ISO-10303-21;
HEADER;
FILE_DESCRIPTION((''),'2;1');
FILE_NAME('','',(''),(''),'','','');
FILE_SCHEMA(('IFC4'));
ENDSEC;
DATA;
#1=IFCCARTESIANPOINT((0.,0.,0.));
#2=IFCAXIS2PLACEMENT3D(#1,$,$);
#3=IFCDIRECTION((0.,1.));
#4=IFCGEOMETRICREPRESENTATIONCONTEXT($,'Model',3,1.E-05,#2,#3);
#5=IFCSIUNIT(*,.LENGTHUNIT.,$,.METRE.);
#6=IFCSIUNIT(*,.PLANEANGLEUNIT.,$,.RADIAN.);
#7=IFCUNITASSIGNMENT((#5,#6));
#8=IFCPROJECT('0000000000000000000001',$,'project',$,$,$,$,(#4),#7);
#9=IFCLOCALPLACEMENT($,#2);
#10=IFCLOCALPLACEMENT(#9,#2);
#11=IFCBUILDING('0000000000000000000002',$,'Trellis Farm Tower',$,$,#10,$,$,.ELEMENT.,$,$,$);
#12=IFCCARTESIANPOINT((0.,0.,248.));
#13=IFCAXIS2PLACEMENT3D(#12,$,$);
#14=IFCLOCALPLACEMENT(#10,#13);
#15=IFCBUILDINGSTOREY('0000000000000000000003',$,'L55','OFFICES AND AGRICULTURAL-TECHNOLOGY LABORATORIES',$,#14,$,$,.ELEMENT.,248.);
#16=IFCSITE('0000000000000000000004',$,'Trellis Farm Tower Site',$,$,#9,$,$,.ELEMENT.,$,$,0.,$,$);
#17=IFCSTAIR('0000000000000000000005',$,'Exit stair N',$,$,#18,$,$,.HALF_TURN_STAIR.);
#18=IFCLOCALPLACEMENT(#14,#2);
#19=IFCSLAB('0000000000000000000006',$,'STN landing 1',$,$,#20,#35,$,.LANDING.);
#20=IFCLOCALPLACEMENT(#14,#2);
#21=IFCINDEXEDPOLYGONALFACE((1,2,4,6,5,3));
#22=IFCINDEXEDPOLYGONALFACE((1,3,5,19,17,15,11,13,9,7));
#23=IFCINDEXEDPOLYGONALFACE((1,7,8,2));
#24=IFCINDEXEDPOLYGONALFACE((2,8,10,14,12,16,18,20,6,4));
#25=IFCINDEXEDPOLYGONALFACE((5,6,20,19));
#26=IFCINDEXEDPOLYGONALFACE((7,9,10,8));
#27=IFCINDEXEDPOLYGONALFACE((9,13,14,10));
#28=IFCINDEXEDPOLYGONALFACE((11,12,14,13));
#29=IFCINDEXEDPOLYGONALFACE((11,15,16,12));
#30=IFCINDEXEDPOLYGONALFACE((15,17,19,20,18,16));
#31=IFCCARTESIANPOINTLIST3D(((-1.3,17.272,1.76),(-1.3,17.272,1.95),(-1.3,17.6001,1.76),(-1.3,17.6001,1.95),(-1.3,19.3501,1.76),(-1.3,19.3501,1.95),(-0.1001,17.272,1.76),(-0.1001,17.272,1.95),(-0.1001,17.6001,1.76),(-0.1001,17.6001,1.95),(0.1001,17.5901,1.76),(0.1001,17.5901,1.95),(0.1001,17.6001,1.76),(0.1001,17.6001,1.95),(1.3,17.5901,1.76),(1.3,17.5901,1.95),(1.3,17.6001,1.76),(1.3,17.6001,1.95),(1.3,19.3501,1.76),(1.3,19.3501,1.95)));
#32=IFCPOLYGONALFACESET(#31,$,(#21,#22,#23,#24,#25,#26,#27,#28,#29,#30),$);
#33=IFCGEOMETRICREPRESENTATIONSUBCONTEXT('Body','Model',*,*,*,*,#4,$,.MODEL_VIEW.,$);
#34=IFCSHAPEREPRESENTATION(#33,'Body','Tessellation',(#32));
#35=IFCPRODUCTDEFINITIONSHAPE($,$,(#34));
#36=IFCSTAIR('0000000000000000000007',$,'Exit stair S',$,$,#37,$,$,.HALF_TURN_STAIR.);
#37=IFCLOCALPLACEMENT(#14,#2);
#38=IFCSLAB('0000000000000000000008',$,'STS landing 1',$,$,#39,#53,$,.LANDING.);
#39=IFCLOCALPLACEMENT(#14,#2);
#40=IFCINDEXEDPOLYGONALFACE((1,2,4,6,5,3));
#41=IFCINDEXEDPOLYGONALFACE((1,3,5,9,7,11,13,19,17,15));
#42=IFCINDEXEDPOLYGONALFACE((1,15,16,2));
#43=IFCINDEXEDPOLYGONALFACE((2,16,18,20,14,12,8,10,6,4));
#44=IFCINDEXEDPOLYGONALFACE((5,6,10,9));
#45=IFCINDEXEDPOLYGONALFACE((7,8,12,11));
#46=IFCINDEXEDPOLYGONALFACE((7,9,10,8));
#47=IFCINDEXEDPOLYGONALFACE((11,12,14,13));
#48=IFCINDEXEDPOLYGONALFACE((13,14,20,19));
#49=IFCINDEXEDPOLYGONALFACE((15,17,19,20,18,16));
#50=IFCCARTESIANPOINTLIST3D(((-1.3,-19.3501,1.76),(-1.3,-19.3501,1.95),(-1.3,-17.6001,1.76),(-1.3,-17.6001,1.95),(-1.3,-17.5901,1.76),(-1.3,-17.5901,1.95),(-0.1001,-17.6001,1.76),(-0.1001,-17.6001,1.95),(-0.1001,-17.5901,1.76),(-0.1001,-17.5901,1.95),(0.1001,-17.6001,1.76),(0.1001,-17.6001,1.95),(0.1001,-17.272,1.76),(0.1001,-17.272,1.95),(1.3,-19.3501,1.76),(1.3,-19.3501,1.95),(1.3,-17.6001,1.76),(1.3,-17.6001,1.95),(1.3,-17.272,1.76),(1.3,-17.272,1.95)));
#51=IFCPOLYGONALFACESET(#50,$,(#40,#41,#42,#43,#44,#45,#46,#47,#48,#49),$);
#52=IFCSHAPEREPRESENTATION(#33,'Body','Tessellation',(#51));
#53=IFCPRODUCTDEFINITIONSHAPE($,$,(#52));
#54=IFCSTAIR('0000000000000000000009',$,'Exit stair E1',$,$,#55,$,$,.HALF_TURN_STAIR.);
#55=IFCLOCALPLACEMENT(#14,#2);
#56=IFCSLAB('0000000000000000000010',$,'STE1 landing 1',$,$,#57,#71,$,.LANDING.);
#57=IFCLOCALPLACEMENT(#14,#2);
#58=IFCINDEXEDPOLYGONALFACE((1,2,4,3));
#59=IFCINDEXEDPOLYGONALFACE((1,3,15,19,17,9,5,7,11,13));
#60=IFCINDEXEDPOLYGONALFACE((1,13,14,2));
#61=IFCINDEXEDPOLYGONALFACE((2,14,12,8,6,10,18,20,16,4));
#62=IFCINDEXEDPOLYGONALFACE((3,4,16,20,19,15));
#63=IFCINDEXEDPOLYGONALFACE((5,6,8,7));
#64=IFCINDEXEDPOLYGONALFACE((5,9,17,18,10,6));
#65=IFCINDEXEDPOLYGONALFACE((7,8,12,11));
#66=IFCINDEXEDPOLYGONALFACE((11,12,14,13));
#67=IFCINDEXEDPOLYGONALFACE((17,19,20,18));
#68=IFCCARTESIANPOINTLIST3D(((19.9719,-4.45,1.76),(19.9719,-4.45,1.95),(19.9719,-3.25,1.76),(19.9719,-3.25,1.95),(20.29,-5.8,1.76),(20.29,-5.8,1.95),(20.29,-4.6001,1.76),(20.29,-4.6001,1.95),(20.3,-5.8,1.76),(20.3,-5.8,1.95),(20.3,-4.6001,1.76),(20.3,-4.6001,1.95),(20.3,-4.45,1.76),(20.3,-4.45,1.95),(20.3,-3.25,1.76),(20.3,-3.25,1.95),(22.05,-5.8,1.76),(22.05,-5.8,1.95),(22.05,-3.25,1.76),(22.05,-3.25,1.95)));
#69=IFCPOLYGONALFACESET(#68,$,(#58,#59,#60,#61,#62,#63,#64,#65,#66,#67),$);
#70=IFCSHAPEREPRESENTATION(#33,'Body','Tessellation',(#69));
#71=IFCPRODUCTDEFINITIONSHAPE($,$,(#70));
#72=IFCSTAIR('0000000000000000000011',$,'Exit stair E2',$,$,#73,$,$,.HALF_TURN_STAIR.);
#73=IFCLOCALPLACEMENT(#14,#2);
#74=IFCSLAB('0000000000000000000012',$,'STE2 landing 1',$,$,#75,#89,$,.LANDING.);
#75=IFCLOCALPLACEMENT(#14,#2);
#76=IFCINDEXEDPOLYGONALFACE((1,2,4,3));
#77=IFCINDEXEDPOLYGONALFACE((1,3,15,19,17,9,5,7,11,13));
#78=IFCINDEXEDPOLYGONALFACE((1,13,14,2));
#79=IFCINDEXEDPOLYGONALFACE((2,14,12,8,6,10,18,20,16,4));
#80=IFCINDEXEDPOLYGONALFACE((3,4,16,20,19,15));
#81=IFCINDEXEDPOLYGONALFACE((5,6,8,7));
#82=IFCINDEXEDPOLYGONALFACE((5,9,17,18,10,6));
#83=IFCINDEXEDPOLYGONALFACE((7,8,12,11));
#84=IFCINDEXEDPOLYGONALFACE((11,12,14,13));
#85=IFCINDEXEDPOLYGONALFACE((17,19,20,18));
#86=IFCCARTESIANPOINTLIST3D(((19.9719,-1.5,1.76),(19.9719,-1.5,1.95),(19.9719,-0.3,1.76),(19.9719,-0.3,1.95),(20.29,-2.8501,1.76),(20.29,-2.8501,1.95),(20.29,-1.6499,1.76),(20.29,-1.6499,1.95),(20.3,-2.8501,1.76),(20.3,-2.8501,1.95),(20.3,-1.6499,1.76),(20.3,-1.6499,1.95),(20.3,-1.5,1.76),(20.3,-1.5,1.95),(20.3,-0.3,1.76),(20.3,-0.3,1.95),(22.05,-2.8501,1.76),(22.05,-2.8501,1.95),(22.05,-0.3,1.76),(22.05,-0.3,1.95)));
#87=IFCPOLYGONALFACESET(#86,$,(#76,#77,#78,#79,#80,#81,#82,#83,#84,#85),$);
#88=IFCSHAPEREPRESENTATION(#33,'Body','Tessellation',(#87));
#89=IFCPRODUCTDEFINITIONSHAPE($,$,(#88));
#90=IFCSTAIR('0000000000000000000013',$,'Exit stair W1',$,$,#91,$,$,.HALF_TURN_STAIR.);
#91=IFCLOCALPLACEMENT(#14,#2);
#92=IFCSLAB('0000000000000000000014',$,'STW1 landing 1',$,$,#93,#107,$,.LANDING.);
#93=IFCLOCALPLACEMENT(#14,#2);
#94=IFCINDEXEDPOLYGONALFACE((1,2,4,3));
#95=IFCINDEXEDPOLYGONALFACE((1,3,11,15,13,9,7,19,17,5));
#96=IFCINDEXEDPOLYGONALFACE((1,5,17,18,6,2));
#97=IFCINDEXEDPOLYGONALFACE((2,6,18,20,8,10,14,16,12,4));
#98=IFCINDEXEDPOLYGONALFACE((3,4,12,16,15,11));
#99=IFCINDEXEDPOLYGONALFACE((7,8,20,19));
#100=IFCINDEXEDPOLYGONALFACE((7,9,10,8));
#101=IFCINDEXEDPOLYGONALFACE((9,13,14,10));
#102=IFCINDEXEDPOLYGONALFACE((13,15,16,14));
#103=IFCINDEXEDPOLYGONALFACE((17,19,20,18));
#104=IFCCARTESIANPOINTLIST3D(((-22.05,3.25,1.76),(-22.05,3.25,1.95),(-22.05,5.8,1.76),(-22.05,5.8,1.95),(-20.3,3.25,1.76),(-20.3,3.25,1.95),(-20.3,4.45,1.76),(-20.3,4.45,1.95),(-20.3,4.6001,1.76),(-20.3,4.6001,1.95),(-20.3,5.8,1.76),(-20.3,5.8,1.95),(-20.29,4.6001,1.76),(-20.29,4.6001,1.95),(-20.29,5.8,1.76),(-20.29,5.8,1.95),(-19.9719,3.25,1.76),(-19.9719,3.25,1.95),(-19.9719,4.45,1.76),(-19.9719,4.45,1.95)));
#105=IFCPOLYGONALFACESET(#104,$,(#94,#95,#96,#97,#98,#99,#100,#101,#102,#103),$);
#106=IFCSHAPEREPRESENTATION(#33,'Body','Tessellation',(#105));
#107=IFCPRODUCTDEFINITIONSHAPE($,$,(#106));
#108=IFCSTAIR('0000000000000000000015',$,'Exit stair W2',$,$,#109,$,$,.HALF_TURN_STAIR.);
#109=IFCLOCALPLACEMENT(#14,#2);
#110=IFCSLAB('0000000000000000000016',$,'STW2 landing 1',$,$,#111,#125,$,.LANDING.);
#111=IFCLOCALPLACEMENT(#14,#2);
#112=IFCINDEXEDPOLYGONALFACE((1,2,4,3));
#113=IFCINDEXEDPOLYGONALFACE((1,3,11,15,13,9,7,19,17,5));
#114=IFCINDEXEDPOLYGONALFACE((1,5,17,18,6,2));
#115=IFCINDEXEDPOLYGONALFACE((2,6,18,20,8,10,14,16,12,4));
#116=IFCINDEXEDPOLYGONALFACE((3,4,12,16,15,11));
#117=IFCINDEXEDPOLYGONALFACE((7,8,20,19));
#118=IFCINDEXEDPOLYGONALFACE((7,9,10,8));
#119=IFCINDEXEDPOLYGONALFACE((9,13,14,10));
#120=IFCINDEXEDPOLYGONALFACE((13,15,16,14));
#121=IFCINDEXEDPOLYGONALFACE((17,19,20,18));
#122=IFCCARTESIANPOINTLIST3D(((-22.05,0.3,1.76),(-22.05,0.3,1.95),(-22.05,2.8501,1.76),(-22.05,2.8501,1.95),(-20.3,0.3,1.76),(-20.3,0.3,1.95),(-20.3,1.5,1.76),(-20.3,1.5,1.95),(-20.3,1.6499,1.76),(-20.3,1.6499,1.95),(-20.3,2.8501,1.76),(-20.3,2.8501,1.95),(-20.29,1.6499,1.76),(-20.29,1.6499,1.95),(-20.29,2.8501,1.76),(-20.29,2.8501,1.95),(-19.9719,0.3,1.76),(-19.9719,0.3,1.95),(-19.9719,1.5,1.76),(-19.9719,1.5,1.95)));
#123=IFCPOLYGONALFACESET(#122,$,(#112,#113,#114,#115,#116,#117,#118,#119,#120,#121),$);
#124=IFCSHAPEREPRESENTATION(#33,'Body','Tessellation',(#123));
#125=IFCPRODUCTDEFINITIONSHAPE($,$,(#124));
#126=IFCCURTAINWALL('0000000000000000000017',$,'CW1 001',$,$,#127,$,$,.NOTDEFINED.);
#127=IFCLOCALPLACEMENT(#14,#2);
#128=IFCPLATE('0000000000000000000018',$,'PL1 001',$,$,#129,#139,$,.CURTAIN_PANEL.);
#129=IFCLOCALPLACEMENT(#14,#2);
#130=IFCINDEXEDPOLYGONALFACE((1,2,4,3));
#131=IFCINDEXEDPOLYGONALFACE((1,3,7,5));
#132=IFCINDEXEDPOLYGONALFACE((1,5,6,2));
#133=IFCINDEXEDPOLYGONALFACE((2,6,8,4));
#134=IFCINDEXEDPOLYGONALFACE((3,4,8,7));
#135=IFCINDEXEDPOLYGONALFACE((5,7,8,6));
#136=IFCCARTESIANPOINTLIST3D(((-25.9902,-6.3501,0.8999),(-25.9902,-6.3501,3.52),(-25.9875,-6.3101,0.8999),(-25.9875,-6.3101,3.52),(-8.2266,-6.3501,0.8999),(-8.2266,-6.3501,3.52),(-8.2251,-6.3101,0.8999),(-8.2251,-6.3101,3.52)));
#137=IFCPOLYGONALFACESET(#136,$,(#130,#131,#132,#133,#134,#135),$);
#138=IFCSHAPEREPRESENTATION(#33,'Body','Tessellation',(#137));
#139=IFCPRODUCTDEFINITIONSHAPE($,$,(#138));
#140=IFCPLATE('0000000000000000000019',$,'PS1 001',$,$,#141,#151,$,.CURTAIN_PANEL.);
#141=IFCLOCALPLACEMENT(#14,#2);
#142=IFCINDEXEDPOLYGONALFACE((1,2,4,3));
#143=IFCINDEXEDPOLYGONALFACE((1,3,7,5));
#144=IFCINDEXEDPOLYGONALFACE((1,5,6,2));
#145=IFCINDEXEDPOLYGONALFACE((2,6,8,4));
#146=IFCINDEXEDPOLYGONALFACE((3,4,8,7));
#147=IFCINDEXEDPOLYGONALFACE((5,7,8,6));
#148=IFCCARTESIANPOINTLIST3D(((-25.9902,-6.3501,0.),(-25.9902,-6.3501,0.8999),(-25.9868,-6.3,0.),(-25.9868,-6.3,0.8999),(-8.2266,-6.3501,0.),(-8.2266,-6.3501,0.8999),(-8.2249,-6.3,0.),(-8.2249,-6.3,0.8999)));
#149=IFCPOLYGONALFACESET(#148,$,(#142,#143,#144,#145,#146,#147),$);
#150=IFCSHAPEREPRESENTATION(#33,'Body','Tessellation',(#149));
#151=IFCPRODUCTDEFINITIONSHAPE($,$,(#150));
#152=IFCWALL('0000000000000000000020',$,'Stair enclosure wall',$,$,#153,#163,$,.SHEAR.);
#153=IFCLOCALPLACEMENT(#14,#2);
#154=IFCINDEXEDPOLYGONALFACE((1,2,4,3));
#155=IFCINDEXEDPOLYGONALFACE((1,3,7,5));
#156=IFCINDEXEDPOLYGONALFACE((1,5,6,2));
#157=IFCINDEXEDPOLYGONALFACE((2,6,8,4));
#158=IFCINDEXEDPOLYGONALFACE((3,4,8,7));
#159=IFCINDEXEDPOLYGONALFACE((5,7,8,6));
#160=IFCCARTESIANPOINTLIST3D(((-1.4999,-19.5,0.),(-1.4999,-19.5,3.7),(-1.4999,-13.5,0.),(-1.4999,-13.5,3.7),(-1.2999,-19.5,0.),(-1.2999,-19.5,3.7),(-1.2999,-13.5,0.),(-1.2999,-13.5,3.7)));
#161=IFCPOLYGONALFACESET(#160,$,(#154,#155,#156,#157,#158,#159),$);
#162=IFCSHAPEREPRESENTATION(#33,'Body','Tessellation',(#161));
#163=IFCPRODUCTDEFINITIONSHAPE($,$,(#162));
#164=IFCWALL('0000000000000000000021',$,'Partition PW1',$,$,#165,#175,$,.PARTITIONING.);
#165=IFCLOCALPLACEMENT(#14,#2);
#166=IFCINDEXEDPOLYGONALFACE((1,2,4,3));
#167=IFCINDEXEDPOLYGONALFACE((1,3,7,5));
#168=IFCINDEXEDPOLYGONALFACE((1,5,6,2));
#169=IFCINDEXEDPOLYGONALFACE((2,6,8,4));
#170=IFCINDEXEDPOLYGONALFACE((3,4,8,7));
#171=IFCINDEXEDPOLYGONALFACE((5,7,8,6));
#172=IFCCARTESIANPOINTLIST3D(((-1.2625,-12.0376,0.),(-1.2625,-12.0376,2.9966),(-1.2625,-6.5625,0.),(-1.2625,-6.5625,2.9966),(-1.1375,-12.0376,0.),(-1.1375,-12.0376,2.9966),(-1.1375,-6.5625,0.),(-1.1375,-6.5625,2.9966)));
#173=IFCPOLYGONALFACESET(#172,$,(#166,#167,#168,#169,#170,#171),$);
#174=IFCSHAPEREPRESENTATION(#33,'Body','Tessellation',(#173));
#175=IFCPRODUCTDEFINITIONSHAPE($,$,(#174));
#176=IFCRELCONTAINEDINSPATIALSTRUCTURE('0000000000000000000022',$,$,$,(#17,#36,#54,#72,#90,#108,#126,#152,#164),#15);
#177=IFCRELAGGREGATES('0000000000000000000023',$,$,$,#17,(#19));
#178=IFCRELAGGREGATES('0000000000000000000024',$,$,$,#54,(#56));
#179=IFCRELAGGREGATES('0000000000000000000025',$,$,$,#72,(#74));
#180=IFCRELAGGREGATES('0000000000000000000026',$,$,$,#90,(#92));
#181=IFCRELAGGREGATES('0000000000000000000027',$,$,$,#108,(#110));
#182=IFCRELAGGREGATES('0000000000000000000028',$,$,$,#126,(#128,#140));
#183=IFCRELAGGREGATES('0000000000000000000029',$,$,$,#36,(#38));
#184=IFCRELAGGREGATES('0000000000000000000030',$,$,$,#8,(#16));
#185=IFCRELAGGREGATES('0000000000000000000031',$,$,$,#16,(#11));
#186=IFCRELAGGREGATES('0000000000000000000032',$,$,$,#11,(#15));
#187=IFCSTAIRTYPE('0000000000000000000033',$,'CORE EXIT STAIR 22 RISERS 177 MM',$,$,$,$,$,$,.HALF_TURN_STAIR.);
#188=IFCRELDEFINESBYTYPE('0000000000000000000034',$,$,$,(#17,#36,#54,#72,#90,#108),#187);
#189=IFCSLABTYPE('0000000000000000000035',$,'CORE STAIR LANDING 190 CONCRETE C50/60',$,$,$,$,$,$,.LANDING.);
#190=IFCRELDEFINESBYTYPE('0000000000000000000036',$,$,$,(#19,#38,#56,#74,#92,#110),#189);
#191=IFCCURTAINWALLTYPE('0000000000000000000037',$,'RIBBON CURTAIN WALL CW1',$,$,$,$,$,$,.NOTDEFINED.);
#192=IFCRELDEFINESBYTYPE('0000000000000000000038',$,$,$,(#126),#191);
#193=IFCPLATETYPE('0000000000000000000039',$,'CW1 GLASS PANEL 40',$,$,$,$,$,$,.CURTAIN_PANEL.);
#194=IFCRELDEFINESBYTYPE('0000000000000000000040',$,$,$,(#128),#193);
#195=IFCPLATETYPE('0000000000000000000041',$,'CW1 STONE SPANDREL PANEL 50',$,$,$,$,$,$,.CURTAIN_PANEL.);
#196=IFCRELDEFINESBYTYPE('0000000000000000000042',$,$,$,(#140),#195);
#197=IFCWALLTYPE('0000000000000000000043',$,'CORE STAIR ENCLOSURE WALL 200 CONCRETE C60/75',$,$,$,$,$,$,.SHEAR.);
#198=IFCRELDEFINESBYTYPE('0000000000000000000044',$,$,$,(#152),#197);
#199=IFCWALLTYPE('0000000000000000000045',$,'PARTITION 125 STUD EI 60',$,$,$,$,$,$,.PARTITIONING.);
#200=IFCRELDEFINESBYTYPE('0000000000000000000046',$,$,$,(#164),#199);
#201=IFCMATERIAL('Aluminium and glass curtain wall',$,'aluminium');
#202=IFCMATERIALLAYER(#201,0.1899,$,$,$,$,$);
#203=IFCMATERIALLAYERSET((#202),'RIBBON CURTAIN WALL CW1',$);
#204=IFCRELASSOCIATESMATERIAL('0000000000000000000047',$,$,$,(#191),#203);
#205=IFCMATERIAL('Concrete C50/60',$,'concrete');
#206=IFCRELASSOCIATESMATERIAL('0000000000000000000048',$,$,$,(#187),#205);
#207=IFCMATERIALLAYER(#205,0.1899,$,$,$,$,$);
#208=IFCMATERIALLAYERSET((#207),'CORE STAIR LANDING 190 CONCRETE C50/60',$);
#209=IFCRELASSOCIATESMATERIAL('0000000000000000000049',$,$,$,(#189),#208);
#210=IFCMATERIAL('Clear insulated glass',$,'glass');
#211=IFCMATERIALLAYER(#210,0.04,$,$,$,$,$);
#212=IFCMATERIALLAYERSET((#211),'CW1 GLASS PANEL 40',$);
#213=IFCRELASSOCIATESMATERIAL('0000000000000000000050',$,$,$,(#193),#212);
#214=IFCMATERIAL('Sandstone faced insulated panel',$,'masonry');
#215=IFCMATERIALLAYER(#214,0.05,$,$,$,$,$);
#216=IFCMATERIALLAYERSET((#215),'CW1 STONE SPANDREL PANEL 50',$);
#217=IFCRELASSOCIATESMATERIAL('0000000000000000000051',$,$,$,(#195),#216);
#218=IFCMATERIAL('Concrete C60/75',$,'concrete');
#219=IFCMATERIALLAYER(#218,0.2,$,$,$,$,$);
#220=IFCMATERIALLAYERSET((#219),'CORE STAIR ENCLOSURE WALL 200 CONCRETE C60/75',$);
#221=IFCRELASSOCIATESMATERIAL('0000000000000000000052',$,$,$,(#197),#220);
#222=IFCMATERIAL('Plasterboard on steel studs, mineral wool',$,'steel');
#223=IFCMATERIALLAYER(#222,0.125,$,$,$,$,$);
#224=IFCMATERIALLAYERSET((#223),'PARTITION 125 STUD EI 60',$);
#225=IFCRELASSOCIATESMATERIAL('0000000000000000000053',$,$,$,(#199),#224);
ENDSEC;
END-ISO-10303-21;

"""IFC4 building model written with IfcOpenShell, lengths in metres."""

from ifc_helpers import new_model, si_unit, direction, frame, frame_2d, origin, place, context, subcontext, project, spatial, polyline, rectangle, outline, extrude, source, transform, mapped, material, layer, layer_set, type_object, element, aggregate, save


model = new_model("IFC4")

# Units and contexts
model_context = context("Model", 3, precision=1e-05, world=origin(), true_north=direction((0.0, 1.0)))
body_context = subcontext(model_context, "Body", "Model", "MODEL_VIEW")
ifc_project = project(units=[si_unit("LENGTHUNIT", "METRE"), si_unit("PLANEANGLEUNIT", "RADIAN")], contexts=[model_context])

# Site, building, storey
site_placement = place(None, origin())
site = spatial("IfcSite", under=ifc_project, at=site_placement, Name="Trellis Farm Tower Site", CompositionType="ELEMENT", RefElevation=0.0)
building_placement = place(site_placement, origin())
building = spatial("IfcBuilding", under=site, at=building_placement, Name="Trellis Farm Tower", CompositionType="ELEMENT")
storey_placement = place(building_placement, frame((0.0, 0.0, 248.0)))
storey = spatial("IfcBuildingStorey", under=building, at=storey_placement, Name="L55", Description="OFFICES AND AGRICULTURAL-TECHNOLOGY LABORATORIES", CompositionType="ELEMENT", Elevation=248.0)

# Shared definitions
ifc_material_1 = material(Name="Concrete C60/75", Category="concrete")

# Shared definitions
ifc_material_2 = material(Name="Aluminium and glass curtain wall", Category="aluminium")
ifc_layer_1 = layer(ifc_material_2, 0.1899)
ifc_layer_set_1 = layer_set([ifc_layer_1], Name="RIBBON CURTAIN WALL CW1")
curtain_wall_type = type_object("IfcCurtainWallType", Name="RIBBON CURTAIN WALL CW1", PredefinedType="NOTDEFINED", material=ifc_layer_set_1)
placement_1 = place(storey_placement, origin())

# Stairs, slabs
ifc_material_3 = material(Name="Concrete C50/60", Category="concrete")
stair_type = type_object("IfcStairType", Name="CORE EXIT STAIR 22 RISERS 177 MM", PredefinedType="HALF_TURN_STAIR", material=ifc_material_3)
stair_1 = element("IfcStair", 1, at=placement_1, inside=storey, type_object=stair_type, Name="Exit stair N", PredefinedType="HALF_TURN_STAIR")
ifc_layer_2 = layer(ifc_material_3, 0.1899)
ifc_layer_set_2 = layer_set([ifc_layer_2], Name="CORE STAIR LANDING 190 CONCRETE C50/60")
slab_type_1 = type_object("IfcSlabType", Name="CORE STAIR LANDING 190 CONCRETE C50/60", PredefinedType="LANDING", material=ifc_layer_set_2)
shared_shape_1 = source(origin(), body_context, "Body", "SweptSolid", [
    extrude(outline(polyline([(-0.1001, 17.272), (-1.3, 17.272), (-1.3, 17.6001), (-1.3, 19.3501), (1.3, 19.3501), (1.3, 17.6001), (1.3, 17.5901), (0.1001, 17.5901), (0.1001, 17.6001), (-0.1001, 17.6001), (-0.1001, 17.272)])), origin(), (0.0, 0.0, 1.0), 0.1899),
])
placement_2 = place(storey_placement, frame((0.0, 0.0, 1.76)))
slab_1 = element("IfcSlab", 2, at=placement_2, type_object=slab_type_1, Name="STN landing 1", PredefinedType="LANDING", context=body_context, shape_type="MappedRepresentation", body=[
    mapped(shared_shape_1, transform((0.0, 0.0, 0.0))),
])
aggregate(stair_1, [slab_1])
stair_2 = element("IfcStair", 3, at=placement_1, inside=storey, type_object=stair_type, Name="Exit stair S", PredefinedType="HALF_TURN_STAIR")
shared_shape_2 = source(origin(), body_context, "Body", "SweptSolid", [
    extrude(outline(polyline([(1.3, -19.3501), (-1.3, -19.3501), (-1.3, -17.6001), (-1.3, -17.5901), (-0.1001, -17.5901), (-0.1001, -17.6001), (0.1001, -17.6001), (0.1001, -17.272), (1.3, -17.272), (1.3, -17.6001), (1.3, -19.3501)])), origin(), (0.0, 0.0, 1.0), 0.1899),
])
slab_2 = element("IfcSlab", 4, at=placement_2, type_object=slab_type_1, Name="STS landing 1", PredefinedType="LANDING", context=body_context, shape_type="MappedRepresentation", body=[
    mapped(shared_shape_2, transform((0.0, 0.0, 0.0))),
])
stair_3 = element("IfcStair", 5, at=placement_1, inside=storey, type_object=stair_type, Name="Exit stair E1", PredefinedType="HALF_TURN_STAIR")
shared_shape_3 = source(origin(), body_context, "Body", "SweptSolid", [
    extrude(outline(polyline([(20.29, -5.8), (20.29, -4.6001), (20.3, -4.6001), (20.3, -4.45), (19.9719, -4.45), (19.9719, -3.25), (20.3, -3.25), (22.05, -3.25), (22.05, -5.8), (20.3, -5.8), (20.29, -5.8)])), origin(), (0.0, 0.0, 1.0), 0.1899),
])
slab_3 = element("IfcSlab", 6, at=placement_2, type_object=slab_type_1, Name="STE1 landing 1", PredefinedType="LANDING", context=body_context, shape_type="MappedRepresentation", body=[
    mapped(shared_shape_3, transform((0.0, 0.0, 0.0))),
])
aggregate(stair_3, [slab_3])
stair_4 = element("IfcStair", 7, at=placement_1, inside=storey, type_object=stair_type, Name="Exit stair E2", PredefinedType="HALF_TURN_STAIR")
shared_shape_4 = source(origin(), body_context, "Body", "SweptSolid", [
    extrude(outline(polyline([(20.29, -2.8501), (20.29, -1.6499), (20.3, -1.6499), (20.3, -1.5), (19.9719, -1.5), (19.9719, -0.3), (20.3, -0.3), (22.05, -0.3), (22.05, -2.8501), (20.3, -2.8501), (20.29, -2.8501)])), origin(), (0.0, 0.0, 1.0), 0.1899),
])
slab_4 = element("IfcSlab", 8, at=placement_2, type_object=slab_type_1, Name="STE2 landing 1", PredefinedType="LANDING", context=body_context, shape_type="MappedRepresentation", body=[
    mapped(shared_shape_4, transform((0.0, 0.0, 0.0))),
])
aggregate(stair_4, [slab_4])
stair_5 = element("IfcStair", 9, at=placement_1, inside=storey, type_object=stair_type, Name="Exit stair W1", PredefinedType="HALF_TURN_STAIR")
shared_shape_5 = source(origin(), body_context, "Body", "SweptSolid", [
    extrude(outline(polyline([(-19.9719, 4.45), (-19.9719, 3.25), (-20.3, 3.25), (-22.05, 3.25), (-22.05, 5.8), (-20.3, 5.8), (-20.29, 5.8), (-20.29, 4.6001), (-20.3, 4.6001), (-20.3, 4.45), (-19.9719, 4.45)])), origin(), (0.0, 0.0, 1.0), 0.1899),
])
slab_5 = element("IfcSlab", 10, at=placement_2, type_object=slab_type_1, Name="STW1 landing 1", PredefinedType="LANDING", context=body_context, shape_type="MappedRepresentation", body=[
    mapped(shared_shape_5, transform((0.0, 0.0, 0.0))),
])
aggregate(stair_5, [slab_5])
stair_6 = element("IfcStair", 11, at=placement_1, inside=storey, type_object=stair_type, Name="Exit stair W2", PredefinedType="HALF_TURN_STAIR")
shared_shape_6 = source(origin(), body_context, "Body", "SweptSolid", [
    extrude(outline(polyline([(-19.9719, 1.5), (-19.9719, 0.3), (-20.3, 0.3), (-22.05, 0.3), (-22.05, 2.8501), (-20.3, 2.8501), (-20.29, 2.8501), (-20.29, 1.6499), (-20.3, 1.6499), (-20.3, 1.5), (-19.9719, 1.5)])), origin(), (0.0, 0.0, 1.0), 0.1899),
])
slab_6 = element("IfcSlab", 12, at=placement_2, type_object=slab_type_1, Name="STW2 landing 1", PredefinedType="LANDING", context=body_context, shape_type="MappedRepresentation", body=[
    mapped(shared_shape_6, transform((0.0, 0.0, 0.0))),
])
aggregate(stair_6, [slab_6])

# Curtain wall, plates
curtain_wall_1 = element("IfcCurtainWall", 13, at=placement_1, inside=storey, type_object=curtain_wall_type, Name="CW1 001", PredefinedType="NOTDEFINED")
ifc_material_4 = material(Name="Clear insulated glass", Category="glass")
ifc_layer_3 = layer(ifc_material_4, 0.04)
ifc_layer_set_3 = layer_set([ifc_layer_3], Name="CW1 GLASS PANEL 40")
plate_type_1 = type_object("IfcPlateType", Name="CW1 GLASS PANEL 40", PredefinedType="CURTAIN_PANEL", material=ifc_layer_set_3)
shared_shape_7 = source(origin(), body_context, "Body", "SweptSolid", [
    extrude(outline(polyline([(-25.9902, -6.3501), (-8.2266, -6.3501), (-8.2251, -6.3101), (-25.9875, -6.3101), (-25.9902, -6.3501)])), origin(), (0.0, 0.0, 1.0), 2.6201),
])
plate_1_placement = place(storey_placement, frame((0.0, 0.0, 0.8999)))
plate_1 = element("IfcPlate", 14, at=plate_1_placement, type_object=plate_type_1, Name="PL1 001", PredefinedType="CURTAIN_PANEL", context=body_context, shape_type="MappedRepresentation", body=[
    mapped(shared_shape_7, transform((0.0, 0.0, 0.0))),
])
ifc_material_5 = material(Name="Sandstone faced insulated panel", Category="masonry")
ifc_layer_4 = layer(ifc_material_5, 0.05)
ifc_layer_set_4 = layer_set([ifc_layer_4], Name="CW1 STONE SPANDREL PANEL 50")
plate_type_2 = type_object("IfcPlateType", Name="CW1 STONE SPANDREL PANEL 50", PredefinedType="CURTAIN_PANEL", material=ifc_layer_set_4)
shared_shape_8 = source(origin(), body_context, "Body", "SweptSolid", [
    extrude(outline(polyline([(-25.9902, -6.3501), (-8.2266, -6.3501), (-8.2249, -6.3), (-25.9868, -6.3), (-25.9902, -6.3501)])), origin(), (0.0, 0.0, 1.0), 0.8999),
])
plate_2 = element("IfcPlate", 15, at=placement_1, type_object=plate_type_2, Name="PS1 001", PredefinedType="CURTAIN_PANEL", context=body_context, shape_type="MappedRepresentation", body=[
    mapped(shared_shape_8, transform((0.0, 0.0, 0.0))),
])
aggregate(curtain_wall_1, [plate_1, plate_2])

# Walls
ifc_layer_5 = layer(ifc_material_1, 0.2)
ifc_layer_set_5 = layer_set([ifc_layer_5], Name="CORE STAIR ENCLOSURE WALL 200 CONCRETE C60/75")
wall_type_1 = type_object("IfcWallType", Name="CORE STAIR ENCLOSURE WALL 200 CONCRETE C60/75", PredefinedType="SHEAR", material=ifc_layer_set_5)
shared_shape_9 = source(origin(), body_context, "Body", "SweptSolid", [
    extrude(rectangle(XDim=6.0, YDim=0.2, at=frame_2d((3.0, 0.0))), origin(), (0.0, 0.0, 1.0), 3.7),
])
wall_1_placement = place(storey_placement, frame((-1.3999, -13.5, 0.0), z_axis=(0.0, 0.0, 1.0), x_axis=(0.0, -1.0, 0.0)))
element("IfcWall", 16, at=wall_1_placement, inside=storey, type_object=wall_type_1, Name="Stair enclosure wall", PredefinedType="SHEAR", context=body_context, shape_type="MappedRepresentation", body=[
    mapped(shared_shape_9, transform((0.0, 0.0, 0.0))),
])
ifc_material_6 = material(Name="Plasterboard on steel studs, mineral wool", Category="steel")
ifc_layer_6 = layer(ifc_material_6, 0.125)
ifc_layer_set_6 = layer_set([ifc_layer_6], Name="PARTITION 125 STUD EI 60")
wall_type_2 = type_object("IfcWallType", Name="PARTITION 125 STUD EI 60", PredefinedType="PARTITIONING", material=ifc_layer_set_6)
shared_shape_10 = source(origin(), body_context, "Body", "SweptSolid", [
    extrude(rectangle(XDim=5.4751, YDim=0.125, at=frame_2d((2.7375, 0.0))), origin(), (0.0, 0.0, 1.0), 2.9966),
])
wall_2_placement = place(storey_placement, frame((-1.2, -6.5625, 0.0), z_axis=(0.0, 0.0, 1.0), x_axis=(0.0, -1.0, 0.0)))
element("IfcWall", 17, at=wall_2_placement, inside=storey, type_object=wall_type_2, Name="Partition PW1", PredefinedType="PARTITIONING", context=body_context, shape_type="MappedRepresentation", body=[
    mapped(shared_shape_10, transform((0.0, 0.0, 0.0))),
])

aggregate(stair_2, [slab_2])

save(model, "model.ifc")
